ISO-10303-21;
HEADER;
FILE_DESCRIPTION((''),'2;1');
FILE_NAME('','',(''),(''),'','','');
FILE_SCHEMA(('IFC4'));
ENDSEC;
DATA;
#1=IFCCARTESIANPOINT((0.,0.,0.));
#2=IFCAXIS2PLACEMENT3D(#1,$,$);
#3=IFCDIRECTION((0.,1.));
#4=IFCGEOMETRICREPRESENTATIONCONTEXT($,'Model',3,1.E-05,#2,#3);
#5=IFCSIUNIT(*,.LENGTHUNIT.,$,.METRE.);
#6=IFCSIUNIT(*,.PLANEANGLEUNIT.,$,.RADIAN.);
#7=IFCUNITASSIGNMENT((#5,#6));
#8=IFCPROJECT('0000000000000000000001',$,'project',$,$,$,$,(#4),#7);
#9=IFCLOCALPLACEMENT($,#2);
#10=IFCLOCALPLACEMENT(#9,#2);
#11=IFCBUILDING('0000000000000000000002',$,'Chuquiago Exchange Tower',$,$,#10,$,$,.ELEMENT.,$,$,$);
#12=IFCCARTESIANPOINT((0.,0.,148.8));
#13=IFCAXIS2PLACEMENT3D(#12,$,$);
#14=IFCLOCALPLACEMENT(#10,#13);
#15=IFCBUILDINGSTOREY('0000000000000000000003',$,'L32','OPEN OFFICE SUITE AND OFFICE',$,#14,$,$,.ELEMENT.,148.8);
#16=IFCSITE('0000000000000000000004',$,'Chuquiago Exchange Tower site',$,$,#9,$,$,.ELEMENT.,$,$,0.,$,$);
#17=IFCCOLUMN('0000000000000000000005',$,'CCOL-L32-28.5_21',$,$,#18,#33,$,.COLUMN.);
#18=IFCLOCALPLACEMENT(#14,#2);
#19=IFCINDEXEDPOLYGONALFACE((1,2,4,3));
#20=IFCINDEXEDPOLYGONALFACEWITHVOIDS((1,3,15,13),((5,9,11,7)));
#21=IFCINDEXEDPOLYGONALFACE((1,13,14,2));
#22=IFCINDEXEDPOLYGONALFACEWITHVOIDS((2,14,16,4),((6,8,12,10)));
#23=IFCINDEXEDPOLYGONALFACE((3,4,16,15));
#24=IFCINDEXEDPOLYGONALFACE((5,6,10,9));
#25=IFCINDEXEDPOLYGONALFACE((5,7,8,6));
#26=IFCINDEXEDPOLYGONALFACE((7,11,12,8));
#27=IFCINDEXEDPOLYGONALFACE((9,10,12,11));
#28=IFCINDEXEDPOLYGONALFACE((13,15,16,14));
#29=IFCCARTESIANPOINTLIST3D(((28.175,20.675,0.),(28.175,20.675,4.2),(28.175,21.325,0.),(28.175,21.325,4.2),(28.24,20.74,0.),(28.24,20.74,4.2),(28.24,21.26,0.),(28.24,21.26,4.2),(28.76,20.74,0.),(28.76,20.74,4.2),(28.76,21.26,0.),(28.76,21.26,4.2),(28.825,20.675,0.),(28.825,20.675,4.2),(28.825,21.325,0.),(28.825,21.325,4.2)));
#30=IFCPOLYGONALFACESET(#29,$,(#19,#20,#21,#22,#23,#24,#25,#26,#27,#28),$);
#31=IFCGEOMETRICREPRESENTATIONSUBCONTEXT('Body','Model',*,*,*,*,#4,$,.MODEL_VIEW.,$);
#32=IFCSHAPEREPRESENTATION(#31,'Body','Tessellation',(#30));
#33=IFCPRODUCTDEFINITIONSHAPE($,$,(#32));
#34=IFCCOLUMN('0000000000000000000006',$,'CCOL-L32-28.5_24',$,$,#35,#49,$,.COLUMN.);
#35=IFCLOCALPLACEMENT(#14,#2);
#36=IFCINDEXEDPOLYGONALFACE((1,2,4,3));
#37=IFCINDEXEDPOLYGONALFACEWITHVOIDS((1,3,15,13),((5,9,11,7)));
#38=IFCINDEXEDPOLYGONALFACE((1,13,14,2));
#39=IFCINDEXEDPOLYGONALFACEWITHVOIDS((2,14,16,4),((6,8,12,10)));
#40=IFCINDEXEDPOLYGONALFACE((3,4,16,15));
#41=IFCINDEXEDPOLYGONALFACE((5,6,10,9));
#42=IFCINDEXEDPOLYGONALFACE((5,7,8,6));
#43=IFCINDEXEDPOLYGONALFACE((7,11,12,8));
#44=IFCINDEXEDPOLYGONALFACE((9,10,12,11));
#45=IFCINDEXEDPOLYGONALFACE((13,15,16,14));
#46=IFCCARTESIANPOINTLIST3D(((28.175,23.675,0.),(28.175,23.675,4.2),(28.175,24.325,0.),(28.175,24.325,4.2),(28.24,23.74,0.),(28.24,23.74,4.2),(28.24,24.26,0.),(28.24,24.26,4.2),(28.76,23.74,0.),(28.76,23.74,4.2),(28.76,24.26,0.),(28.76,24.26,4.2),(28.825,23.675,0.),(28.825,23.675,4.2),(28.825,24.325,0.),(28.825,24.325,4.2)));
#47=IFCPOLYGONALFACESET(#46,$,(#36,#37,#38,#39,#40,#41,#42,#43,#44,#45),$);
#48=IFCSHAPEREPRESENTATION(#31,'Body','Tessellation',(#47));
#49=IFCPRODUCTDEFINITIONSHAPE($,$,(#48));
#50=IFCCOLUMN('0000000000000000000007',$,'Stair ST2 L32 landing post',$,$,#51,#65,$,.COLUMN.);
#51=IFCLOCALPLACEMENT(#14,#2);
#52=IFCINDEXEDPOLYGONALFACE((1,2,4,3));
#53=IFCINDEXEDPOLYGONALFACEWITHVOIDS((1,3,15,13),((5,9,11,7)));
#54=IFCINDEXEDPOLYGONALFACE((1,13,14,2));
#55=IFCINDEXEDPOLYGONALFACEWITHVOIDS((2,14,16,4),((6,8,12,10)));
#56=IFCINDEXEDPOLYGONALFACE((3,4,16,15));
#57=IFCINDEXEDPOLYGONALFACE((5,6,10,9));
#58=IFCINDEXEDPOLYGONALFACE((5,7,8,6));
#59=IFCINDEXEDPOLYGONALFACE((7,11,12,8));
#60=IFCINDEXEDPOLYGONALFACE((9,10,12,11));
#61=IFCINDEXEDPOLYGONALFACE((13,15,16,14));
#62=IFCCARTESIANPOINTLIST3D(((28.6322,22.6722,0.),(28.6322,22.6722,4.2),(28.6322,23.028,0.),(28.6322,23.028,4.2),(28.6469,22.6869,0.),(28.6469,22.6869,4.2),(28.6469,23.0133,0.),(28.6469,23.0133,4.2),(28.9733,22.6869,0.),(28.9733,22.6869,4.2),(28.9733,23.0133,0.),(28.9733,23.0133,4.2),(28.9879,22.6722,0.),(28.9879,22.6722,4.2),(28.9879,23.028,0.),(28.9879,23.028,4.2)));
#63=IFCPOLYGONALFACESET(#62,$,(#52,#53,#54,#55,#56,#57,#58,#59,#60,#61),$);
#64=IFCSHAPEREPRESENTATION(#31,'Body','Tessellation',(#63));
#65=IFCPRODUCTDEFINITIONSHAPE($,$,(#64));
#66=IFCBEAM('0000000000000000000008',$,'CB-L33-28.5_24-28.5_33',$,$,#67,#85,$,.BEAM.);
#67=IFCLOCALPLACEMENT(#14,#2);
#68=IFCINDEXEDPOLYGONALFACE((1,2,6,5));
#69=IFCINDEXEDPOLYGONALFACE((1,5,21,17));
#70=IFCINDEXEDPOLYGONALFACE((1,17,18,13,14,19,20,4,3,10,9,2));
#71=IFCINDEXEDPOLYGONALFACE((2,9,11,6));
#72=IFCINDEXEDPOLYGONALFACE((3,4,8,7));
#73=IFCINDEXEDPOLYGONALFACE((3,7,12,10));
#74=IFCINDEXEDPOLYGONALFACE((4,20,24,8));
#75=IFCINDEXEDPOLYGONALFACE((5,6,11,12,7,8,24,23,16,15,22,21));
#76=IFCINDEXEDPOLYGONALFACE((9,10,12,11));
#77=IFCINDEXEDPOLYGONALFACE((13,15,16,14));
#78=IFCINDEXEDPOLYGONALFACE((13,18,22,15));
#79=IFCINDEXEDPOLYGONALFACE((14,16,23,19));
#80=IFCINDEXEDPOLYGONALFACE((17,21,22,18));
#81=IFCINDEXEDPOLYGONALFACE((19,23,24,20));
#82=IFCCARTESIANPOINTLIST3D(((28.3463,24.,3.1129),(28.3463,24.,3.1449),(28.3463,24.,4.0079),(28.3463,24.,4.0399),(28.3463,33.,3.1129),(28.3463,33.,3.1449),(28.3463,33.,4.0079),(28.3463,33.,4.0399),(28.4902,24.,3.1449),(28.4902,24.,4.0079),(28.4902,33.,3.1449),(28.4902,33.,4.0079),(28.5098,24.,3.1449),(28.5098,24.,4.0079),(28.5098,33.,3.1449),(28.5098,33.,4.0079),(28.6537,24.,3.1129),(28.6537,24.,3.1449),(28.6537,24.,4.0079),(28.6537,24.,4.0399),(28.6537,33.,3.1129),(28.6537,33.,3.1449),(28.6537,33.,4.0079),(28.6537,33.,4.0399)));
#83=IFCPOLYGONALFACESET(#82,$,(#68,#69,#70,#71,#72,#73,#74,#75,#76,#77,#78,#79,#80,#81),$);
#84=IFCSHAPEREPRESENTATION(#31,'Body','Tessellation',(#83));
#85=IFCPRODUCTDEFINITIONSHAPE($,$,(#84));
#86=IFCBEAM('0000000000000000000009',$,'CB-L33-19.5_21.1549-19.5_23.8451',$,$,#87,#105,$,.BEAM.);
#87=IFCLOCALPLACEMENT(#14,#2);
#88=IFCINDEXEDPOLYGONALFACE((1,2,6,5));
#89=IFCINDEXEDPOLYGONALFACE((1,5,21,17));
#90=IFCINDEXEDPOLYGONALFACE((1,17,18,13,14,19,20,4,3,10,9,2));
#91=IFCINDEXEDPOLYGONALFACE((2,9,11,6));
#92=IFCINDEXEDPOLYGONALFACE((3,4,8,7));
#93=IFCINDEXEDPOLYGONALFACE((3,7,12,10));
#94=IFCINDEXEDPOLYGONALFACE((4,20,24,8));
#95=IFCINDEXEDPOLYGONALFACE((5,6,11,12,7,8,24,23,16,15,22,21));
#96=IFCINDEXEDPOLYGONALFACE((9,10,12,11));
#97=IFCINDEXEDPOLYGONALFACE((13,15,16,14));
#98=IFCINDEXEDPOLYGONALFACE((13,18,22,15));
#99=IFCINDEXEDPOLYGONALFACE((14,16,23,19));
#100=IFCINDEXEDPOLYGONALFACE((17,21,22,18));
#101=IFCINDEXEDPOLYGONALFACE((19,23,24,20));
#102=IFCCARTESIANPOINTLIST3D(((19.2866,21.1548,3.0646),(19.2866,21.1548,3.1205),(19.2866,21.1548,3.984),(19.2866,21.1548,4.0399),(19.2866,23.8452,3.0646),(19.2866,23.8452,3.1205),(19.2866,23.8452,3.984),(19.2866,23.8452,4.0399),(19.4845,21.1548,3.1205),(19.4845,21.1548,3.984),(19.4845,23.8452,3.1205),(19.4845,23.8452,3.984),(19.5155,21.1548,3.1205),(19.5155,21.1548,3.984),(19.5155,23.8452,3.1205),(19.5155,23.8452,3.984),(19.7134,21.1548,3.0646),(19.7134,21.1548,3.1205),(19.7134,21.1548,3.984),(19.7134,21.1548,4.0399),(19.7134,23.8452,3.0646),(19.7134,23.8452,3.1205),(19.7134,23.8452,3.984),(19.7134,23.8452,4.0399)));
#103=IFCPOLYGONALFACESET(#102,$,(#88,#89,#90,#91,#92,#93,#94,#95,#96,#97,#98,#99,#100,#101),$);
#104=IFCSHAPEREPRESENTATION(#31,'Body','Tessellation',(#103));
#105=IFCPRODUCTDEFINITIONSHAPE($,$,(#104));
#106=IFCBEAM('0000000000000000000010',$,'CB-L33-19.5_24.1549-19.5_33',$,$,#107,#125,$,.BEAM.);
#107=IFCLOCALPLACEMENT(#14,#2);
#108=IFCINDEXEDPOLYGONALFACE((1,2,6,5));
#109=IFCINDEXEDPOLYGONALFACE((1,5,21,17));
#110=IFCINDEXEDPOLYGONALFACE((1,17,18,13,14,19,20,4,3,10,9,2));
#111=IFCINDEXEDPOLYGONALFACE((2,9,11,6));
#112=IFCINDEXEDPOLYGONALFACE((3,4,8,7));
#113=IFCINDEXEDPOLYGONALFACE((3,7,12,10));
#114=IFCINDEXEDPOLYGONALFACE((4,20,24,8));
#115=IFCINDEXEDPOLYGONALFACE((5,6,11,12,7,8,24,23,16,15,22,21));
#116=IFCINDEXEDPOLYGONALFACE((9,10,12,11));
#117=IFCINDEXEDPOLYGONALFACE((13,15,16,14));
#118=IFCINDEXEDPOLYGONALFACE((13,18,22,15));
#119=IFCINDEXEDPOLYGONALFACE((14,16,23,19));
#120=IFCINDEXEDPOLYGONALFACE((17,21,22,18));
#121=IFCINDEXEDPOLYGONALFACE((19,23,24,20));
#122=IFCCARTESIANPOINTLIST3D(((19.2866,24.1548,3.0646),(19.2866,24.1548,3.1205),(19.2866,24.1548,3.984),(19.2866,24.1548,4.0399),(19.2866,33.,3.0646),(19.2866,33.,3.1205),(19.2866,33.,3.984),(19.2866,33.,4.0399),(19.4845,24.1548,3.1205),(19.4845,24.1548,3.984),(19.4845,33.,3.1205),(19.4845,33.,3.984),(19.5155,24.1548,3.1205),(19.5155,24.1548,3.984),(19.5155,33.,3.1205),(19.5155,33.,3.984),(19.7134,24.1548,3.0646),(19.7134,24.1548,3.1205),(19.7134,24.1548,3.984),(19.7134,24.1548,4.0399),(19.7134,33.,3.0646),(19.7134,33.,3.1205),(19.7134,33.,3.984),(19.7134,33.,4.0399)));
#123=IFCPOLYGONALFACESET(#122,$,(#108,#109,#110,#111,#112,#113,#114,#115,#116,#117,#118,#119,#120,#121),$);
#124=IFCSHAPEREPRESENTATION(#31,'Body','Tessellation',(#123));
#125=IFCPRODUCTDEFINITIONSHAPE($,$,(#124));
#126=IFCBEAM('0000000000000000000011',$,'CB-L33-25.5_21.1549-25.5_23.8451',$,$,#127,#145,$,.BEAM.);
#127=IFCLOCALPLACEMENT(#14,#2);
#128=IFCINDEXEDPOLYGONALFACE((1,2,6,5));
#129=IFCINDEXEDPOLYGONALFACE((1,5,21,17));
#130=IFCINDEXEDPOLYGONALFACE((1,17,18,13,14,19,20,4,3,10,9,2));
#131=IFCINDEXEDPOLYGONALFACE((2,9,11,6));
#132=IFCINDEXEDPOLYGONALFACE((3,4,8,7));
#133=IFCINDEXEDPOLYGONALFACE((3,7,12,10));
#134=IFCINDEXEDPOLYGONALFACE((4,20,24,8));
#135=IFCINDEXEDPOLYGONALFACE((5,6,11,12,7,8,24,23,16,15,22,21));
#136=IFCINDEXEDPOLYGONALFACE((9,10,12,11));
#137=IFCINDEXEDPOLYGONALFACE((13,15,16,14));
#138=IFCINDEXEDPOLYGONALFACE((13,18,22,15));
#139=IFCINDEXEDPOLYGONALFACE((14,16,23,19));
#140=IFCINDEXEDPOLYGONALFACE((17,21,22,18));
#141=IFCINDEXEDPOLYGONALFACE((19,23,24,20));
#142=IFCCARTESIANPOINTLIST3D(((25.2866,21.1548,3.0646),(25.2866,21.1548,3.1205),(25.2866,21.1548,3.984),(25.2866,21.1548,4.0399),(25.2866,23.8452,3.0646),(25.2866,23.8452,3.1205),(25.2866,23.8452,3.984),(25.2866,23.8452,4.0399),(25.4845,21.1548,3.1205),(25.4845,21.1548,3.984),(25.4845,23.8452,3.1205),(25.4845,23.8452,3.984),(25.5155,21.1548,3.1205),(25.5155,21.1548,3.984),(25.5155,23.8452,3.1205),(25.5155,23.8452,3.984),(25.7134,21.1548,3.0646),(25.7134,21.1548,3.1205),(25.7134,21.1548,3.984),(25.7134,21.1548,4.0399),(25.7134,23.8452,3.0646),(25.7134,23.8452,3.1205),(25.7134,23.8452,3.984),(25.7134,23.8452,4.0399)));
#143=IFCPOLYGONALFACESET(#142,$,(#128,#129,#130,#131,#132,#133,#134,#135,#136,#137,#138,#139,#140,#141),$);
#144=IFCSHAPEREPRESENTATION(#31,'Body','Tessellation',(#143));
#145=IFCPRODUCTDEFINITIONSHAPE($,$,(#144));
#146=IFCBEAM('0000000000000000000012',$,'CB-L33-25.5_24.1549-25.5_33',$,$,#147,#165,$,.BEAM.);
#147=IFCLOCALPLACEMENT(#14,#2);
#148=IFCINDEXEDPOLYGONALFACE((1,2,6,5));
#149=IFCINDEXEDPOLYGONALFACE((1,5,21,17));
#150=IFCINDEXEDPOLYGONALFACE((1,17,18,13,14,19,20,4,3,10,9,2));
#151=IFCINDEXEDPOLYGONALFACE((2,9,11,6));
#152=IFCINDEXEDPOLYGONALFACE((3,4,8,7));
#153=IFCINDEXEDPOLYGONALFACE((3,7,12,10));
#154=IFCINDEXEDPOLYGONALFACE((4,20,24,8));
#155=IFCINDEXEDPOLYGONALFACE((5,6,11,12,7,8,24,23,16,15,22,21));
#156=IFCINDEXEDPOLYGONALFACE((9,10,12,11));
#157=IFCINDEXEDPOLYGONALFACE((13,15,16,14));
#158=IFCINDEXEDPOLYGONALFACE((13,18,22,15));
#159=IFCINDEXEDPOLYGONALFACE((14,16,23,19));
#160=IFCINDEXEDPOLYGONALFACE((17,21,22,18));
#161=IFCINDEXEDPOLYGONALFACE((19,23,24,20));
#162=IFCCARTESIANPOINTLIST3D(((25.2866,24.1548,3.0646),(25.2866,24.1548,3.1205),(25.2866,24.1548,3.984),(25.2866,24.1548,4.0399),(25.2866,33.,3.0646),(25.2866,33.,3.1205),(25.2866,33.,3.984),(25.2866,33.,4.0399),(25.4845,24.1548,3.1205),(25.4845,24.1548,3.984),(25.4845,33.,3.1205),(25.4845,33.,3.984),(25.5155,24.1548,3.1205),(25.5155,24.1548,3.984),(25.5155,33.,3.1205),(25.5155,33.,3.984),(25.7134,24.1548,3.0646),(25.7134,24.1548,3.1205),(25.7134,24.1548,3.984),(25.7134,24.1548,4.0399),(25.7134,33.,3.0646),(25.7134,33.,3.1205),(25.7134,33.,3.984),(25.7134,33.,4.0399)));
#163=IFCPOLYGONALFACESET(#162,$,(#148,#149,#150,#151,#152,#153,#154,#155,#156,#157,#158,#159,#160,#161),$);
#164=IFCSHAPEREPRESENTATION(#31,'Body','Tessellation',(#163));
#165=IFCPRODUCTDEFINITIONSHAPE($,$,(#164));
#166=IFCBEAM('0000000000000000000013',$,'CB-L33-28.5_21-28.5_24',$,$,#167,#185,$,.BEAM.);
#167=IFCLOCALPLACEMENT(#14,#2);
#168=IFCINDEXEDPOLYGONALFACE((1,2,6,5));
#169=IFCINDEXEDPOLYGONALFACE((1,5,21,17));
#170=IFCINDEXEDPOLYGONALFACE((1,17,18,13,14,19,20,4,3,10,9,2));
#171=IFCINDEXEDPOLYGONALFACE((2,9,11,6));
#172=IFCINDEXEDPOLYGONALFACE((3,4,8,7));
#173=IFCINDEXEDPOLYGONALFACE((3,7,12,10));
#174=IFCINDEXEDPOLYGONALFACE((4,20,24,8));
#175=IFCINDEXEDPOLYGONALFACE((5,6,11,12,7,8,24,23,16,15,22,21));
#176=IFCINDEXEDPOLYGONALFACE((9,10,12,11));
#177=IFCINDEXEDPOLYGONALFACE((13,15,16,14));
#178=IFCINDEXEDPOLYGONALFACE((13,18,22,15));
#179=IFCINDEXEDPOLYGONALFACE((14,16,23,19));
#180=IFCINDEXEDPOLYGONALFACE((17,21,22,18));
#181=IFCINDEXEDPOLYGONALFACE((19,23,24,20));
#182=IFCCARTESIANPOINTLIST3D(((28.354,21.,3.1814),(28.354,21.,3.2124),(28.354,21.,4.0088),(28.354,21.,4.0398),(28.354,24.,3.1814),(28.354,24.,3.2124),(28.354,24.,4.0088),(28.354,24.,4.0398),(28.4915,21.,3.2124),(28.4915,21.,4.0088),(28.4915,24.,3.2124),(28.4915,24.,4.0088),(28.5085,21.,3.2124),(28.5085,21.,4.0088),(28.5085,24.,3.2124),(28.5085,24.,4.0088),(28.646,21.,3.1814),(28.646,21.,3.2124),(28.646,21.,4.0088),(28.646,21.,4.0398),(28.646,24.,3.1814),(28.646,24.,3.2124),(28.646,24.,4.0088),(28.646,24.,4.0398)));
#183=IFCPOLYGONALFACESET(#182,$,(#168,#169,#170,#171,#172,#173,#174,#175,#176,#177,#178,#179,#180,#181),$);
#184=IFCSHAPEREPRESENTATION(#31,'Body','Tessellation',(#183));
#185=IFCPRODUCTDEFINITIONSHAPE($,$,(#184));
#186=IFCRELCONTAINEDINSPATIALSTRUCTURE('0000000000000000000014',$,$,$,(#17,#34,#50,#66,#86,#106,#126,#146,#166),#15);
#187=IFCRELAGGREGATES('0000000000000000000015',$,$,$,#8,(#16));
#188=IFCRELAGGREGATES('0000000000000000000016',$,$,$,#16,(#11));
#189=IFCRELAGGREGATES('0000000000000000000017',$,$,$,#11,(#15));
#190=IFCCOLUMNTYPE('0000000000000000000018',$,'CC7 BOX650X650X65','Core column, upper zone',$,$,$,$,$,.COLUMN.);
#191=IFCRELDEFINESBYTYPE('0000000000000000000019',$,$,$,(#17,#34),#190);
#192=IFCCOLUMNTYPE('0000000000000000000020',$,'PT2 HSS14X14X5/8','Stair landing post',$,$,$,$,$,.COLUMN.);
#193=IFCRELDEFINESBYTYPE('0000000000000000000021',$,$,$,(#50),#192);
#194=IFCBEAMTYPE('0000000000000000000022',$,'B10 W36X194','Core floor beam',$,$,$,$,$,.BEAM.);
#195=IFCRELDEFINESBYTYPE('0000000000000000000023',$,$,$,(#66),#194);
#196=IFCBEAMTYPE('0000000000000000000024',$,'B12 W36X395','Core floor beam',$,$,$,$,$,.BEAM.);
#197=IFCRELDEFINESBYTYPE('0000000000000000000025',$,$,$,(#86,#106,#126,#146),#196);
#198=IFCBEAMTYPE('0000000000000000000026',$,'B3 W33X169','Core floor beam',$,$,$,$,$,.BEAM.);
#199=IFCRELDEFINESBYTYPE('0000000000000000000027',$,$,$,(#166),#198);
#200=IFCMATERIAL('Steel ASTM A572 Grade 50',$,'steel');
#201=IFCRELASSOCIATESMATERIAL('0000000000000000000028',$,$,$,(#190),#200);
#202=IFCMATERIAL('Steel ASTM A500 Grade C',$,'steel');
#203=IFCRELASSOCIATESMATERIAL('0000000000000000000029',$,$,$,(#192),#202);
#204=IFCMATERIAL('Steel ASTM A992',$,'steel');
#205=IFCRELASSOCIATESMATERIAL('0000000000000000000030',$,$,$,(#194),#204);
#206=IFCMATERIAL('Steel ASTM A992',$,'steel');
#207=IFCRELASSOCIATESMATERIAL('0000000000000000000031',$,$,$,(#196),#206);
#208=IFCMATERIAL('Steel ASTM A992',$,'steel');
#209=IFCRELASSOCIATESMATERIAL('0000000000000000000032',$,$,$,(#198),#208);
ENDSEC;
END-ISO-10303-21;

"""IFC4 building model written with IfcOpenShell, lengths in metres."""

from ifc_helpers import new_model, si_unit, direction, frame, origin, origin_2d, place, context, subcontext, project, spatial, hollow_rectangle, i_section, extrude, material, material_profile, profile_set, type_object, element, save


model = new_model("IFC4")

# Units and contexts
model_context = context("Model", 3, precision=1e-05, world=origin(), true_north=direction((0.0, 1.0)))
body_context = subcontext(model_context, "Body", "Model", "MODEL_VIEW")
ifc_project = project(units=[si_unit("LENGTHUNIT", "METRE"), si_unit("PLANEANGLEUNIT", "RADIAN")], contexts=[model_context])

# Site, building, storey
site_placement = place(None, origin())
site = spatial("IfcSite", under=ifc_project, at=site_placement, Name="Chuquiago Exchange Tower site", CompositionType="ELEMENT", RefElevation=0.0)
building_placement = place(site_placement, origin())
building = spatial("IfcBuilding", under=site, at=building_placement, Name="Chuquiago Exchange Tower", CompositionType="ELEMENT")
storey_placement = place(building_placement, frame((0.0, 0.0, 148.8)))
storey = spatial("IfcBuildingStorey", under=building, at=storey_placement, Name="L32", Description="OPEN OFFICE SUITE AND OFFICE", CompositionType="ELEMENT", Elevation=148.8)

# Columns
ifc_material_1 = material(Name="Steel ASTM A572 Grade 50", Category="steel")
ifc_material_profile_1 = material_profile(ifc_material_1, hollow_rectangle(XDim=0.6499, YDim=0.6499, WallThickness=0.0649, at=origin_2d()), Name="BOX650X650X65")
ifc_profile_set_1 = profile_set([ifc_material_profile_1], Name="Steel ASTM A572 Grade 50")
column_type_1 = type_object("IfcColumnType", Name="CC7 BOX650X650X65", Description="Core column, upper zone", PredefinedType="COLUMN", material=ifc_profile_set_1)
for number, where, z_axis, x_axis, name in (
    (1, (28.5, 21.0, 0.0), (0.0, 0.0, 1.0), (1.0, 0.0, 0.0), "CCOL-L32-28.5_21"),
    (2, (28.5, 24.0, 0.0), (0.0, 0.0, 1.0), (1.0, 0.0, 0.0), "CCOL-L32-28.5_24"),
):
    element("IfcColumn", number, at=place(storey_placement, frame(where, z_axis=z_axis, x_axis=x_axis)), inside=storey, type_object=column_type_1, Name=name, PredefinedType="COLUMN", context=body_context, shape_type="SweptSolid", body=[
        extrude(hollow_rectangle(XDim=0.6499, YDim=0.6499, WallThickness=0.0649, at=origin_2d()), origin(), (0.0, 0.0, 1.0), 4.2),
    ])
ifc_material_2 = material(Name="Steel ASTM A500 Grade C", Category="steel")
ifc_material_profile_2 = material_profile(ifc_material_2, hollow_rectangle(XDim=0.3557, YDim=0.3557, WallThickness=0.0146, at=origin_2d()), Name="HSS14X14X5/8")
ifc_profile_set_2 = profile_set([ifc_material_profile_2], Name="Steel ASTM A500 Grade C")
column_type_2 = type_object("IfcColumnType", Name="PT2 HSS14X14X5/8", Description="Stair landing post", PredefinedType="COLUMN", material=ifc_profile_set_2)
column_placement = place(storey_placement, frame((28.8101, 22.8501, 0.0), z_axis=(0.0, 0.0, 1.0), x_axis=(1.0, 0.0, 0.0)))
element("IfcColumn", 3, at=column_placement, inside=storey, type_object=column_type_2, Name="Stair ST2 L32 landing post", PredefinedType="COLUMN", context=body_context, shape_type="SweptSolid", body=[
    extrude(hollow_rectangle(XDim=0.3557, YDim=0.3557, WallThickness=0.0146, at=origin_2d()), origin(), (0.0, 0.0, 1.0), 4.2),
])

# Beams
ifc_material_3 = material(Name="Steel ASTM A992", Category="steel")
ifc_material_profile_3 = material_profile(ifc_material_3, i_section(OverallWidth=0.3074, OverallDepth=0.927, WebThickness=0.0195, FlangeThickness=0.032, at=origin_2d()), Name="W36X194")
ifc_profile_set_3 = profile_set([ifc_material_profile_3], Name="Steel ASTM A992")
beam_type_1 = type_object("IfcBeamType", Name="B10 W36X194", Description="Core floor beam", PredefinedType="BEAM", material=ifc_profile_set_3)
beam_1_placement = place(storey_placement, frame((28.5, 24.0, 3.5764), z_axis=(0.0, 1.0, 0.0), x_axis=(-1.0, 0.0, 0.0)))
element("IfcBeam", 4, at=beam_1_placement, inside=storey, type_object=beam_type_1, Name="CB-L33-28.5_24-28.5_33", PredefinedType="BEAM", context=body_context, shape_type="SweptSolid", body=[
    extrude(i_section(OverallWidth=0.3074, OverallDepth=0.927, WebThickness=0.0195, FlangeThickness=0.032, at=origin_2d()), origin(), (0.0, 0.0, 1.0), 9.0),
])
ifc_material_4 = material(Name="Steel ASTM A992", Category="steel")
ifc_material_profile_4 = material_profile(ifc_material_4, i_section(OverallWidth=0.4268, OverallDepth=0.9753, WebThickness=0.031, FlangeThickness=0.0559, at=origin_2d()), Name="W36X395")
ifc_profile_set_4 = profile_set([ifc_material_profile_4], Name="Steel ASTM A992")
beam_type_2 = type_object("IfcBeamType", Name="B12 W36X395", Description="Core floor beam", PredefinedType="BEAM", material=ifc_profile_set_4)
beam_2_placement = place(storey_placement, frame((19.5, 21.1548, 3.5522), z_axis=(0.0, 1.0, 0.0), x_axis=(-1.0, 0.0, 0.0)))
element("IfcBeam", 5, at=beam_2_placement, inside=storey, type_object=beam_type_2, Name="CB-L33-19.5_21.1549-19.5_23.8451", PredefinedType="BEAM", context=body_context, shape_type="SweptSolid", body=[
    extrude(i_section(OverallWidth=0.4268, OverallDepth=0.9753, WebThickness=0.031, FlangeThickness=0.0559, at=origin_2d()), origin(), (0.0, 0.0, 1.0), 2.6904),
])
beam_3_placement = place(storey_placement, frame((19.5, 24.1548, 3.5522), z_axis=(0.0, 1.0, 0.0), x_axis=(-1.0, 0.0, 0.0)))
element("IfcBeam", 6, at=beam_3_placement, inside=storey, type_object=beam_type_2, Name="CB-L33-19.5_24.1549-19.5_33", PredefinedType="BEAM", context=body_context, shape_type="SweptSolid", body=[
    extrude(i_section(OverallWidth=0.4268, OverallDepth=0.9753, WebThickness=0.031, FlangeThickness=0.0559, at=origin_2d()), origin(), (0.0, 0.0, 1.0), 8.8452),
])
beam_4_placement = place(storey_placement, frame((25.5, 21.1548, 3.5522), z_axis=(0.0, 1.0, 0.0), x_axis=(-1.0, 0.0, 0.0)))
element("IfcBeam", 7, at=beam_4_placement, inside=storey, type_object=beam_type_2, Name="CB-L33-25.5_21.1549-25.5_23.8451", PredefinedType="BEAM", context=body_context, shape_type="SweptSolid", body=[
    extrude(i_section(OverallWidth=0.4268, OverallDepth=0.9753, WebThickness=0.031, FlangeThickness=0.0559, at=origin_2d()), origin(), (0.0, 0.0, 1.0), 2.6904),
])
beam_5_placement = place(storey_placement, frame((25.5, 24.1548, 3.5522), z_axis=(0.0, 1.0, 0.0), x_axis=(-1.0, 0.0, 0.0)))
element("IfcBeam", 8, at=beam_5_placement, inside=storey, type_object=beam_type_2, Name="CB-L33-25.5_24.1549-25.5_33", PredefinedType="BEAM", context=body_context, shape_type="SweptSolid", body=[
    extrude(i_section(OverallWidth=0.4268, OverallDepth=0.9753, WebThickness=0.031, FlangeThickness=0.0559, at=origin_2d()), origin(), (0.0, 0.0, 1.0), 8.8452),
])
ifc_material_5 = material(Name="Steel ASTM A992", Category="steel")
ifc_material_profile_5 = material_profile(ifc_material_5, i_section(OverallWidth=0.292, OverallDepth=0.8584, WebThickness=0.0171, FlangeThickness=0.031, at=origin_2d()), Name="W33X169")
ifc_profile_set_5 = profile_set([ifc_material_profile_5], Name="Steel ASTM A992")
beam_type_3 = type_object("IfcBeamType", Name="B3 W33X169", Description="Core floor beam", PredefinedType="BEAM", material=ifc_profile_set_5)
beam_6_placement = place(storey_placement, frame((28.5, 21.0, 3.6106), z_axis=(0.0, 1.0, 0.0), x_axis=(-1.0, 0.0, 0.0)))
element("IfcBeam", 9, at=beam_6_placement, inside=storey, type_object=beam_type_3, Name="CB-L33-28.5_21-28.5_24", PredefinedType="BEAM", context=body_context, shape_type="SweptSolid", body=[
    extrude(i_section(OverallWidth=0.292, OverallDepth=0.8584, WebThickness=0.0171, FlangeThickness=0.031, at=origin_2d()), origin(), (0.0, 0.0, 1.0), 3.0),
])

save(model, "model.ifc")
